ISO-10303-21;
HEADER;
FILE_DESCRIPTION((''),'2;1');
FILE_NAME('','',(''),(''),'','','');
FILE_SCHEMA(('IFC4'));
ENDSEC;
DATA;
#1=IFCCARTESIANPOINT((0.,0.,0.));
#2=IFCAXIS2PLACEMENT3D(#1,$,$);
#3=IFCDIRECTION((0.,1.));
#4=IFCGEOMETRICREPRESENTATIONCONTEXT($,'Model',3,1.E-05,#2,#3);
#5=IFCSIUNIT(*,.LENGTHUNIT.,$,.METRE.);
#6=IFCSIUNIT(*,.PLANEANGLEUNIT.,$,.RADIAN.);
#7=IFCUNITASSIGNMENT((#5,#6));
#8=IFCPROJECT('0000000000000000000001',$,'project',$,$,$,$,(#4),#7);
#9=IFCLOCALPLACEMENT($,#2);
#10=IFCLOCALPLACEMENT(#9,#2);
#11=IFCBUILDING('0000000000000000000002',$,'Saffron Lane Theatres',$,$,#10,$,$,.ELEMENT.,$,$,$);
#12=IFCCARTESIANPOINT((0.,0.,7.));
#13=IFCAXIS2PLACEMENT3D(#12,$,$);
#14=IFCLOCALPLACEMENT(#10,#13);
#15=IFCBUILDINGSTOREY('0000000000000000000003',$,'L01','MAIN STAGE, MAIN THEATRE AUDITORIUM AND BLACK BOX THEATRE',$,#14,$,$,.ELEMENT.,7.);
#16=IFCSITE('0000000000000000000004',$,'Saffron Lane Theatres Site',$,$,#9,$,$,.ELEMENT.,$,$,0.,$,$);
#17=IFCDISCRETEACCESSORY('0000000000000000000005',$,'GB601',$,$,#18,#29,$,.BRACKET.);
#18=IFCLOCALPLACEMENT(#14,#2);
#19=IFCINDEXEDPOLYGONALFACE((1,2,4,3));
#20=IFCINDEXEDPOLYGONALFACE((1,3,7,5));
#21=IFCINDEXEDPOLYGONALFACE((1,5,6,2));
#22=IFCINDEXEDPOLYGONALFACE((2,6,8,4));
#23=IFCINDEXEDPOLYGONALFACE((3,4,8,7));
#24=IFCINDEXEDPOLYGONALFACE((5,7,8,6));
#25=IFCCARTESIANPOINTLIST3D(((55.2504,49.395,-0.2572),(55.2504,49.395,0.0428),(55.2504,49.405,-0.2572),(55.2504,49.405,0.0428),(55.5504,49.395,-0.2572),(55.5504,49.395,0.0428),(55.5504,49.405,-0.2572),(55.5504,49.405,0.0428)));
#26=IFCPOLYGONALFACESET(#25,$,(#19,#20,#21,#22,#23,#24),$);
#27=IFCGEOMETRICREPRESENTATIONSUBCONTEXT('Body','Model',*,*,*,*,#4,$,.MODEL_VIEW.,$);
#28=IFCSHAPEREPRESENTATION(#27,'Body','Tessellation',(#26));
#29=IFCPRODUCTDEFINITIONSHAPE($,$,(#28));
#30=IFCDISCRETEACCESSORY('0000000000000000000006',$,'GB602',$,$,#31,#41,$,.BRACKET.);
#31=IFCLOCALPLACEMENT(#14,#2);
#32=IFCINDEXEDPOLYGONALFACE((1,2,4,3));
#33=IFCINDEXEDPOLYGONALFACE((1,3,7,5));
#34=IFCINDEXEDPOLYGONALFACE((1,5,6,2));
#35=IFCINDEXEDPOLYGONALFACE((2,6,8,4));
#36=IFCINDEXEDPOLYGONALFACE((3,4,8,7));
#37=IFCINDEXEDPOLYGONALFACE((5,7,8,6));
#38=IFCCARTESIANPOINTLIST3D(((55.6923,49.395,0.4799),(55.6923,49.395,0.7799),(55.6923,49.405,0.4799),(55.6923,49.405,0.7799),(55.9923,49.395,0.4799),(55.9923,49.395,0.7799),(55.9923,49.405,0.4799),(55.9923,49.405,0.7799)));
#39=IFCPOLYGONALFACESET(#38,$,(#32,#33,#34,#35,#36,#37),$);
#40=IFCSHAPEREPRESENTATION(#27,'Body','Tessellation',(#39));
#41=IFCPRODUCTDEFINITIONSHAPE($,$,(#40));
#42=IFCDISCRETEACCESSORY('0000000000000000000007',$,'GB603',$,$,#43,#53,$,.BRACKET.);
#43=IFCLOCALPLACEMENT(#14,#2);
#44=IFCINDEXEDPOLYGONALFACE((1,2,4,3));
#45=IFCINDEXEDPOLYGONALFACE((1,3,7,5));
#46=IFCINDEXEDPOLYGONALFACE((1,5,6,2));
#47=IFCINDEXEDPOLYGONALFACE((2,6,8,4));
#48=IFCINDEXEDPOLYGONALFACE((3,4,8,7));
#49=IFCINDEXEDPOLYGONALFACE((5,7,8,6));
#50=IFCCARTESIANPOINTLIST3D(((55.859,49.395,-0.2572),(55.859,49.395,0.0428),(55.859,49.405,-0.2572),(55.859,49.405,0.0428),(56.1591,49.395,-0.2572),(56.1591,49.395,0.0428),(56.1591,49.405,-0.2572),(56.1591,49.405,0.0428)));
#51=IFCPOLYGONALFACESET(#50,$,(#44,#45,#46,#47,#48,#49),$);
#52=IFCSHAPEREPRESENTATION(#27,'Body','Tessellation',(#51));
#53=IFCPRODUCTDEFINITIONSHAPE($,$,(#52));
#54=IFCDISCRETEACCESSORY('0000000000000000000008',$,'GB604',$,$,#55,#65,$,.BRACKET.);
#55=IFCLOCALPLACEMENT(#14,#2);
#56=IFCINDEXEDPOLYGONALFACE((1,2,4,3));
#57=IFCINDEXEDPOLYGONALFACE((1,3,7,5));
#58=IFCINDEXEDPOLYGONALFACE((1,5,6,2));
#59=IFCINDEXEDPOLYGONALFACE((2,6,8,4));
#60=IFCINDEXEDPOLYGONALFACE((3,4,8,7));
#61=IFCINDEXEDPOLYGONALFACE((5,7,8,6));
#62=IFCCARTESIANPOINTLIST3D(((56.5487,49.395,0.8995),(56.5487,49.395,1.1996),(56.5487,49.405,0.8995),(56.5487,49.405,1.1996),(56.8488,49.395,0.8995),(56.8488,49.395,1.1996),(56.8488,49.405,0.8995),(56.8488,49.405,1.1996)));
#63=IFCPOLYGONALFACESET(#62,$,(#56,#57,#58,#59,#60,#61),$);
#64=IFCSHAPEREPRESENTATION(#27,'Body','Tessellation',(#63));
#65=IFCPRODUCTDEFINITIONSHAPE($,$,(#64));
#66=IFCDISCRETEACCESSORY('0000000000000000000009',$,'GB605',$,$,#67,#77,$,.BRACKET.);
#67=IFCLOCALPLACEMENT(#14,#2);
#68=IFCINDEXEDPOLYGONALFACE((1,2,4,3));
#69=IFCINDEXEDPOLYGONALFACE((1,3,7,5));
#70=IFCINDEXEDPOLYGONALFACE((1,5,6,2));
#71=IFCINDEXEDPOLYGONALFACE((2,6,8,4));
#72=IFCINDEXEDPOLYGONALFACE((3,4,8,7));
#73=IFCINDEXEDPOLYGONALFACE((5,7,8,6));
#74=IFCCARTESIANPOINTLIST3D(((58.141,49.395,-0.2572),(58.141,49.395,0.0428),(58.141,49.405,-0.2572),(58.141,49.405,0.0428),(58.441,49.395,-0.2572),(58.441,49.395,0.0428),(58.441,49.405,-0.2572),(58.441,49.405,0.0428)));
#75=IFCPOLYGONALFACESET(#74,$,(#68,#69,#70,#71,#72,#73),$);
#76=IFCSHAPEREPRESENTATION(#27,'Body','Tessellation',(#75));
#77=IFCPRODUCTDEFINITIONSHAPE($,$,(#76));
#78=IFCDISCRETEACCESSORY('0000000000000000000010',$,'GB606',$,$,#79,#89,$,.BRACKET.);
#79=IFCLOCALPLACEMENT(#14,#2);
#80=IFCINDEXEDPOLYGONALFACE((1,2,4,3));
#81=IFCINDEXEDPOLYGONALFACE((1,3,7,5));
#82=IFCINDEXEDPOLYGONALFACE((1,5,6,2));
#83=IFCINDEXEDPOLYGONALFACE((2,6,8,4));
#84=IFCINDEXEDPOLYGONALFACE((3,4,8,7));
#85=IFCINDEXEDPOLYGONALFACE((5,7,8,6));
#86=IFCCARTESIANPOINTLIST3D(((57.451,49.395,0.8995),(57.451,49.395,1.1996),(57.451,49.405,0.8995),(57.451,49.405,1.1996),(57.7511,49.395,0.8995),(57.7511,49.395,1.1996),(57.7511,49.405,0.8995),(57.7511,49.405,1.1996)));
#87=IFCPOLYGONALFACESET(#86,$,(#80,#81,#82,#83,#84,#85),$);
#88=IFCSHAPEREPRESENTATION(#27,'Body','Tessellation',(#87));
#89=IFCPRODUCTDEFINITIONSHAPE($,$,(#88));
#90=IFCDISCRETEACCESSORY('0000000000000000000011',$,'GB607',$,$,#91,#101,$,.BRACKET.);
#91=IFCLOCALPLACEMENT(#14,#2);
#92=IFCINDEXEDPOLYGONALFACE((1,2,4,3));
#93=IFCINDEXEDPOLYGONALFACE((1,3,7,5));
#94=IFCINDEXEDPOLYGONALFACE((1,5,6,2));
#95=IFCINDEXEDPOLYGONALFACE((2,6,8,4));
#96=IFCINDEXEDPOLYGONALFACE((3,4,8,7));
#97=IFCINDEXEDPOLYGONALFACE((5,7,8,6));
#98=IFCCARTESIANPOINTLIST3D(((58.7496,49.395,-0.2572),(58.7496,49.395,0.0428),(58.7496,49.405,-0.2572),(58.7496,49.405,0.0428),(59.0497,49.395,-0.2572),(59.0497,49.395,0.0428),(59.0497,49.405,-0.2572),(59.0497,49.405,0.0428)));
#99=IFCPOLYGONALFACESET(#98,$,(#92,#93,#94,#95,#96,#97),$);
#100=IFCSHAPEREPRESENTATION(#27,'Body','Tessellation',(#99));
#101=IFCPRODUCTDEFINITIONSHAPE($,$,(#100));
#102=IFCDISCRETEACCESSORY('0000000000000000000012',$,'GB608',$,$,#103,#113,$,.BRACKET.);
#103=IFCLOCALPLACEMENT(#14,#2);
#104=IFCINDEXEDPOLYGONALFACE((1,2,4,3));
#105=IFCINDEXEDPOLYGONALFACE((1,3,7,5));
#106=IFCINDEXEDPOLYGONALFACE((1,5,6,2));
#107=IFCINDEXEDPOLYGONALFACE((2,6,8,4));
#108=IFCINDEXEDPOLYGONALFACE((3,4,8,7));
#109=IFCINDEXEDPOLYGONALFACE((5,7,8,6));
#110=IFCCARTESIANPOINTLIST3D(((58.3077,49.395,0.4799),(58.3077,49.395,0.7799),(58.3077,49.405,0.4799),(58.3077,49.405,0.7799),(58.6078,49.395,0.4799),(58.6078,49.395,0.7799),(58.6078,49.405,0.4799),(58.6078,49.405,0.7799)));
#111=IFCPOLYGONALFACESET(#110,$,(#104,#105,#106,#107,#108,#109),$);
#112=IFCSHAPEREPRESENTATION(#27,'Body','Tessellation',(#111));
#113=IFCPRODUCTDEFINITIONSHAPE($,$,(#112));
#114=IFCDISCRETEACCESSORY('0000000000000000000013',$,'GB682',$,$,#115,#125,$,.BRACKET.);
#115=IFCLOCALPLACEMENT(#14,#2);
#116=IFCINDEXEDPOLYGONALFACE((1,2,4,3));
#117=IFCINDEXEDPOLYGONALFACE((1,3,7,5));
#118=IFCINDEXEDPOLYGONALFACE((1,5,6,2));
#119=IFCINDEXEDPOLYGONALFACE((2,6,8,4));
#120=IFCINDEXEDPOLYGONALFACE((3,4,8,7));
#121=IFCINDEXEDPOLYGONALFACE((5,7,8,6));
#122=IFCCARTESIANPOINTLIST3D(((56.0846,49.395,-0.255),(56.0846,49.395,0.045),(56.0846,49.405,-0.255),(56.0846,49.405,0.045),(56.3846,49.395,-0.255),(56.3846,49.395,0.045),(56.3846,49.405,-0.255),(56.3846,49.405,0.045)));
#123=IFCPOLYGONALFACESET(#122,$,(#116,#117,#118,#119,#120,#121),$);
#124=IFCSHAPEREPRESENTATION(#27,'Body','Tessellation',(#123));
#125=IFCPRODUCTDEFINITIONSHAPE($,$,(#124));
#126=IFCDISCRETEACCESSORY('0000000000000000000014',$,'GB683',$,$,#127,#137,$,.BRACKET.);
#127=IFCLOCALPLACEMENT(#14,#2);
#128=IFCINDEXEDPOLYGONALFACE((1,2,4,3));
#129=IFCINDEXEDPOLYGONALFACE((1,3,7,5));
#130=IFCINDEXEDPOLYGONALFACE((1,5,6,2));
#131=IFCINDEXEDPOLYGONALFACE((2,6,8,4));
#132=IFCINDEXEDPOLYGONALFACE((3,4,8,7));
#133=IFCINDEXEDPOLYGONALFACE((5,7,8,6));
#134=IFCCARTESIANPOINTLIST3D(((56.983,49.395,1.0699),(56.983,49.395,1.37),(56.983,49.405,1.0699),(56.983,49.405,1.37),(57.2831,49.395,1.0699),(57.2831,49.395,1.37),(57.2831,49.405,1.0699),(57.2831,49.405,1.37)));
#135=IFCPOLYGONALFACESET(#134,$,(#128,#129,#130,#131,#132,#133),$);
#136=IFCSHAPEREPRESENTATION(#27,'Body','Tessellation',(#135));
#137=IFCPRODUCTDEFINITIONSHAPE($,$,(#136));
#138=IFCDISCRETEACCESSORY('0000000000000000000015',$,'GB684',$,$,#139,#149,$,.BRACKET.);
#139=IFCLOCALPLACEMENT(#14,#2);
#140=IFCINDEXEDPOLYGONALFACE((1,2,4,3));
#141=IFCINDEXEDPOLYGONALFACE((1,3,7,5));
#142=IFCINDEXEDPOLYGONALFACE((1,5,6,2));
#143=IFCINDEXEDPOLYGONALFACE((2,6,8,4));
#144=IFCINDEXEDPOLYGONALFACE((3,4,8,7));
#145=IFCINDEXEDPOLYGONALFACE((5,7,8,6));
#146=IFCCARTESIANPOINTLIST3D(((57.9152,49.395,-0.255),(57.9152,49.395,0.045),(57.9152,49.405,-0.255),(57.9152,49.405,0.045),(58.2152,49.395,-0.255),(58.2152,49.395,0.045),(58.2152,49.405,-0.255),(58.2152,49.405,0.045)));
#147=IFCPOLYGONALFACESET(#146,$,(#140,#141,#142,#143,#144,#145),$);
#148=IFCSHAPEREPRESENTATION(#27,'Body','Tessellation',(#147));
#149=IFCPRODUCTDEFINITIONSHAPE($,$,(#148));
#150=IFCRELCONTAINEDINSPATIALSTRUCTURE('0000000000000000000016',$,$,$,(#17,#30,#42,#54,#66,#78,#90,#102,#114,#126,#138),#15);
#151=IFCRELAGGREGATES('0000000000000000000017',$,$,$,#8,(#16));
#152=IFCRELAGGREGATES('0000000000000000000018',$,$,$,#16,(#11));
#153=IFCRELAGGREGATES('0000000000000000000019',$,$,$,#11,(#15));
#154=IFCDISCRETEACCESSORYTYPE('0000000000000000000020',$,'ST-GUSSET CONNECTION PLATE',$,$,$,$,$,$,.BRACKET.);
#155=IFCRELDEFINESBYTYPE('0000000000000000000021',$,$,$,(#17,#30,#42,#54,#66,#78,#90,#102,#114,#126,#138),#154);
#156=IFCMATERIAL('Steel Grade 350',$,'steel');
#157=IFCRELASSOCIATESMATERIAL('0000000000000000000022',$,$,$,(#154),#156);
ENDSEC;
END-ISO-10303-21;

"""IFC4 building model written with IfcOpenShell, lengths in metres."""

from ifc_helpers import new_model, si_unit, direction, frame, origin, origin_2d, place, context, subcontext, project, spatial, rectangle, extrude, material, material_profile, profile_set, type_object, element, save


model = new_model("IFC4")

# Units and contexts
model_context = context("Model", 3, precision=1e-05, world=origin(), true_north=direction((0.0, 1.0)))
body_context = subcontext(model_context, "Body", "Model", "MODEL_VIEW")
ifc_project = project(units=[si_unit("LENGTHUNIT", "METRE"), si_unit("PLANEANGLEUNIT", "RADIAN")], contexts=[model_context])

# Site, building, storey
site_placement = place(None, origin())
site = spatial("IfcSite", under=ifc_project, at=site_placement, Name="Saffron Lane Theatres Site", CompositionType="ELEMENT", RefElevation=0.0)
building_placement = place(site_placement, origin())
building = spatial("IfcBuilding", under=site, at=building_placement, Name="Saffron Lane Theatres", CompositionType="ELEMENT")
storey_placement = place(building_placement, frame((0.0, 0.0, 7.0)))
storey = spatial("IfcBuildingStorey", under=building, at=storey_placement, Name="L01", Description="MAIN STAGE, MAIN THEATRE AUDITORIUM AND BLACK BOX THEATRE", CompositionType="ELEMENT", Elevation=7.0)

# Discrete accessories
ifc_material_1 = material(Name="Steel Grade 350", Category="steel")
ifc_material_profile_1 = material_profile(ifc_material_1, rectangle(XDim=0.3, YDim=0.3, at=origin_2d()))
ifc_profile_set_1 = profile_set([ifc_material_profile_1], Name="Steel Grade 350")
discrete_accessory_type = type_object("IfcDiscreteAccessoryType", Name="ST-GUSSET CONNECTION PLATE", PredefinedType="BRACKET", material=ifc_profile_set_1)
for number, where, z_axis, x_axis, name in (
    (1, (55.4004, 49.395, -0.1072), (0.0, 1.0, 0.0), (-1.0, 0.0, 0.0), "GB601"),
    (2, (55.8423, 49.395, 0.6299), (0.0, 1.0, 0.0), (-1.0, 0.0, 0.0), "GB602"),
    (3, (56.009, 49.395, -0.1072), (0.0, 1.0, 0.0), (-1.0, 0.0, 0.0), "GB603"),
    (4, (56.6987, 49.395, 1.0496), (0.0, 1.0, 0.0), (-1.0, 0.0, 0.0), "GB604"),
    (5, (58.291, 49.395, -0.1072), (0.0, 1.0, 0.0), (-1.0, 0.0, 0.0), "GB605"),
    (6, (57.6011, 49.395, 1.0496), (0.0, 1.0, 0.0), (-1.0, 0.0, 0.0), "GB606"),
    (7, (58.8997, 49.395, -0.1072), (0.0, 1.0, 0.0), (-1.0, 0.0, 0.0), "GB607"),
    (8, (58.4578, 49.395, 0.6299), (0.0, 1.0, 0.0), (-1.0, 0.0, 0.0), "GB608"),
    (9, (56.2346, 49.395, -0.105), (0.0, 1.0, 0.0), (-1.0, 0.0, 0.0), "GB682"),
    (10, (57.1331, 49.395, 1.22), (0.0, 1.0, 0.0), (-1.0, 0.0, 0.0), "GB683"),
    (11, (58.0652, 49.395, -0.105), (0.0, 1.0, 0.0), (-1.0, 0.0, 0.0), "GB684"),
):
    element("IfcDiscreteAccessory", number, at=place(storey_placement, frame(where, z_axis=z_axis, x_axis=x_axis)), inside=storey, type_object=discrete_accessory_type, Name=name, PredefinedType="BRACKET", context=body_context, shape_type="SweptSolid", body=[
        extrude(rectangle(XDim=0.3, YDim=0.3, at=origin_2d()), origin(), (0.0, 0.0, 1.0), 0.01),
    ])

save(model, "model.ifc")
